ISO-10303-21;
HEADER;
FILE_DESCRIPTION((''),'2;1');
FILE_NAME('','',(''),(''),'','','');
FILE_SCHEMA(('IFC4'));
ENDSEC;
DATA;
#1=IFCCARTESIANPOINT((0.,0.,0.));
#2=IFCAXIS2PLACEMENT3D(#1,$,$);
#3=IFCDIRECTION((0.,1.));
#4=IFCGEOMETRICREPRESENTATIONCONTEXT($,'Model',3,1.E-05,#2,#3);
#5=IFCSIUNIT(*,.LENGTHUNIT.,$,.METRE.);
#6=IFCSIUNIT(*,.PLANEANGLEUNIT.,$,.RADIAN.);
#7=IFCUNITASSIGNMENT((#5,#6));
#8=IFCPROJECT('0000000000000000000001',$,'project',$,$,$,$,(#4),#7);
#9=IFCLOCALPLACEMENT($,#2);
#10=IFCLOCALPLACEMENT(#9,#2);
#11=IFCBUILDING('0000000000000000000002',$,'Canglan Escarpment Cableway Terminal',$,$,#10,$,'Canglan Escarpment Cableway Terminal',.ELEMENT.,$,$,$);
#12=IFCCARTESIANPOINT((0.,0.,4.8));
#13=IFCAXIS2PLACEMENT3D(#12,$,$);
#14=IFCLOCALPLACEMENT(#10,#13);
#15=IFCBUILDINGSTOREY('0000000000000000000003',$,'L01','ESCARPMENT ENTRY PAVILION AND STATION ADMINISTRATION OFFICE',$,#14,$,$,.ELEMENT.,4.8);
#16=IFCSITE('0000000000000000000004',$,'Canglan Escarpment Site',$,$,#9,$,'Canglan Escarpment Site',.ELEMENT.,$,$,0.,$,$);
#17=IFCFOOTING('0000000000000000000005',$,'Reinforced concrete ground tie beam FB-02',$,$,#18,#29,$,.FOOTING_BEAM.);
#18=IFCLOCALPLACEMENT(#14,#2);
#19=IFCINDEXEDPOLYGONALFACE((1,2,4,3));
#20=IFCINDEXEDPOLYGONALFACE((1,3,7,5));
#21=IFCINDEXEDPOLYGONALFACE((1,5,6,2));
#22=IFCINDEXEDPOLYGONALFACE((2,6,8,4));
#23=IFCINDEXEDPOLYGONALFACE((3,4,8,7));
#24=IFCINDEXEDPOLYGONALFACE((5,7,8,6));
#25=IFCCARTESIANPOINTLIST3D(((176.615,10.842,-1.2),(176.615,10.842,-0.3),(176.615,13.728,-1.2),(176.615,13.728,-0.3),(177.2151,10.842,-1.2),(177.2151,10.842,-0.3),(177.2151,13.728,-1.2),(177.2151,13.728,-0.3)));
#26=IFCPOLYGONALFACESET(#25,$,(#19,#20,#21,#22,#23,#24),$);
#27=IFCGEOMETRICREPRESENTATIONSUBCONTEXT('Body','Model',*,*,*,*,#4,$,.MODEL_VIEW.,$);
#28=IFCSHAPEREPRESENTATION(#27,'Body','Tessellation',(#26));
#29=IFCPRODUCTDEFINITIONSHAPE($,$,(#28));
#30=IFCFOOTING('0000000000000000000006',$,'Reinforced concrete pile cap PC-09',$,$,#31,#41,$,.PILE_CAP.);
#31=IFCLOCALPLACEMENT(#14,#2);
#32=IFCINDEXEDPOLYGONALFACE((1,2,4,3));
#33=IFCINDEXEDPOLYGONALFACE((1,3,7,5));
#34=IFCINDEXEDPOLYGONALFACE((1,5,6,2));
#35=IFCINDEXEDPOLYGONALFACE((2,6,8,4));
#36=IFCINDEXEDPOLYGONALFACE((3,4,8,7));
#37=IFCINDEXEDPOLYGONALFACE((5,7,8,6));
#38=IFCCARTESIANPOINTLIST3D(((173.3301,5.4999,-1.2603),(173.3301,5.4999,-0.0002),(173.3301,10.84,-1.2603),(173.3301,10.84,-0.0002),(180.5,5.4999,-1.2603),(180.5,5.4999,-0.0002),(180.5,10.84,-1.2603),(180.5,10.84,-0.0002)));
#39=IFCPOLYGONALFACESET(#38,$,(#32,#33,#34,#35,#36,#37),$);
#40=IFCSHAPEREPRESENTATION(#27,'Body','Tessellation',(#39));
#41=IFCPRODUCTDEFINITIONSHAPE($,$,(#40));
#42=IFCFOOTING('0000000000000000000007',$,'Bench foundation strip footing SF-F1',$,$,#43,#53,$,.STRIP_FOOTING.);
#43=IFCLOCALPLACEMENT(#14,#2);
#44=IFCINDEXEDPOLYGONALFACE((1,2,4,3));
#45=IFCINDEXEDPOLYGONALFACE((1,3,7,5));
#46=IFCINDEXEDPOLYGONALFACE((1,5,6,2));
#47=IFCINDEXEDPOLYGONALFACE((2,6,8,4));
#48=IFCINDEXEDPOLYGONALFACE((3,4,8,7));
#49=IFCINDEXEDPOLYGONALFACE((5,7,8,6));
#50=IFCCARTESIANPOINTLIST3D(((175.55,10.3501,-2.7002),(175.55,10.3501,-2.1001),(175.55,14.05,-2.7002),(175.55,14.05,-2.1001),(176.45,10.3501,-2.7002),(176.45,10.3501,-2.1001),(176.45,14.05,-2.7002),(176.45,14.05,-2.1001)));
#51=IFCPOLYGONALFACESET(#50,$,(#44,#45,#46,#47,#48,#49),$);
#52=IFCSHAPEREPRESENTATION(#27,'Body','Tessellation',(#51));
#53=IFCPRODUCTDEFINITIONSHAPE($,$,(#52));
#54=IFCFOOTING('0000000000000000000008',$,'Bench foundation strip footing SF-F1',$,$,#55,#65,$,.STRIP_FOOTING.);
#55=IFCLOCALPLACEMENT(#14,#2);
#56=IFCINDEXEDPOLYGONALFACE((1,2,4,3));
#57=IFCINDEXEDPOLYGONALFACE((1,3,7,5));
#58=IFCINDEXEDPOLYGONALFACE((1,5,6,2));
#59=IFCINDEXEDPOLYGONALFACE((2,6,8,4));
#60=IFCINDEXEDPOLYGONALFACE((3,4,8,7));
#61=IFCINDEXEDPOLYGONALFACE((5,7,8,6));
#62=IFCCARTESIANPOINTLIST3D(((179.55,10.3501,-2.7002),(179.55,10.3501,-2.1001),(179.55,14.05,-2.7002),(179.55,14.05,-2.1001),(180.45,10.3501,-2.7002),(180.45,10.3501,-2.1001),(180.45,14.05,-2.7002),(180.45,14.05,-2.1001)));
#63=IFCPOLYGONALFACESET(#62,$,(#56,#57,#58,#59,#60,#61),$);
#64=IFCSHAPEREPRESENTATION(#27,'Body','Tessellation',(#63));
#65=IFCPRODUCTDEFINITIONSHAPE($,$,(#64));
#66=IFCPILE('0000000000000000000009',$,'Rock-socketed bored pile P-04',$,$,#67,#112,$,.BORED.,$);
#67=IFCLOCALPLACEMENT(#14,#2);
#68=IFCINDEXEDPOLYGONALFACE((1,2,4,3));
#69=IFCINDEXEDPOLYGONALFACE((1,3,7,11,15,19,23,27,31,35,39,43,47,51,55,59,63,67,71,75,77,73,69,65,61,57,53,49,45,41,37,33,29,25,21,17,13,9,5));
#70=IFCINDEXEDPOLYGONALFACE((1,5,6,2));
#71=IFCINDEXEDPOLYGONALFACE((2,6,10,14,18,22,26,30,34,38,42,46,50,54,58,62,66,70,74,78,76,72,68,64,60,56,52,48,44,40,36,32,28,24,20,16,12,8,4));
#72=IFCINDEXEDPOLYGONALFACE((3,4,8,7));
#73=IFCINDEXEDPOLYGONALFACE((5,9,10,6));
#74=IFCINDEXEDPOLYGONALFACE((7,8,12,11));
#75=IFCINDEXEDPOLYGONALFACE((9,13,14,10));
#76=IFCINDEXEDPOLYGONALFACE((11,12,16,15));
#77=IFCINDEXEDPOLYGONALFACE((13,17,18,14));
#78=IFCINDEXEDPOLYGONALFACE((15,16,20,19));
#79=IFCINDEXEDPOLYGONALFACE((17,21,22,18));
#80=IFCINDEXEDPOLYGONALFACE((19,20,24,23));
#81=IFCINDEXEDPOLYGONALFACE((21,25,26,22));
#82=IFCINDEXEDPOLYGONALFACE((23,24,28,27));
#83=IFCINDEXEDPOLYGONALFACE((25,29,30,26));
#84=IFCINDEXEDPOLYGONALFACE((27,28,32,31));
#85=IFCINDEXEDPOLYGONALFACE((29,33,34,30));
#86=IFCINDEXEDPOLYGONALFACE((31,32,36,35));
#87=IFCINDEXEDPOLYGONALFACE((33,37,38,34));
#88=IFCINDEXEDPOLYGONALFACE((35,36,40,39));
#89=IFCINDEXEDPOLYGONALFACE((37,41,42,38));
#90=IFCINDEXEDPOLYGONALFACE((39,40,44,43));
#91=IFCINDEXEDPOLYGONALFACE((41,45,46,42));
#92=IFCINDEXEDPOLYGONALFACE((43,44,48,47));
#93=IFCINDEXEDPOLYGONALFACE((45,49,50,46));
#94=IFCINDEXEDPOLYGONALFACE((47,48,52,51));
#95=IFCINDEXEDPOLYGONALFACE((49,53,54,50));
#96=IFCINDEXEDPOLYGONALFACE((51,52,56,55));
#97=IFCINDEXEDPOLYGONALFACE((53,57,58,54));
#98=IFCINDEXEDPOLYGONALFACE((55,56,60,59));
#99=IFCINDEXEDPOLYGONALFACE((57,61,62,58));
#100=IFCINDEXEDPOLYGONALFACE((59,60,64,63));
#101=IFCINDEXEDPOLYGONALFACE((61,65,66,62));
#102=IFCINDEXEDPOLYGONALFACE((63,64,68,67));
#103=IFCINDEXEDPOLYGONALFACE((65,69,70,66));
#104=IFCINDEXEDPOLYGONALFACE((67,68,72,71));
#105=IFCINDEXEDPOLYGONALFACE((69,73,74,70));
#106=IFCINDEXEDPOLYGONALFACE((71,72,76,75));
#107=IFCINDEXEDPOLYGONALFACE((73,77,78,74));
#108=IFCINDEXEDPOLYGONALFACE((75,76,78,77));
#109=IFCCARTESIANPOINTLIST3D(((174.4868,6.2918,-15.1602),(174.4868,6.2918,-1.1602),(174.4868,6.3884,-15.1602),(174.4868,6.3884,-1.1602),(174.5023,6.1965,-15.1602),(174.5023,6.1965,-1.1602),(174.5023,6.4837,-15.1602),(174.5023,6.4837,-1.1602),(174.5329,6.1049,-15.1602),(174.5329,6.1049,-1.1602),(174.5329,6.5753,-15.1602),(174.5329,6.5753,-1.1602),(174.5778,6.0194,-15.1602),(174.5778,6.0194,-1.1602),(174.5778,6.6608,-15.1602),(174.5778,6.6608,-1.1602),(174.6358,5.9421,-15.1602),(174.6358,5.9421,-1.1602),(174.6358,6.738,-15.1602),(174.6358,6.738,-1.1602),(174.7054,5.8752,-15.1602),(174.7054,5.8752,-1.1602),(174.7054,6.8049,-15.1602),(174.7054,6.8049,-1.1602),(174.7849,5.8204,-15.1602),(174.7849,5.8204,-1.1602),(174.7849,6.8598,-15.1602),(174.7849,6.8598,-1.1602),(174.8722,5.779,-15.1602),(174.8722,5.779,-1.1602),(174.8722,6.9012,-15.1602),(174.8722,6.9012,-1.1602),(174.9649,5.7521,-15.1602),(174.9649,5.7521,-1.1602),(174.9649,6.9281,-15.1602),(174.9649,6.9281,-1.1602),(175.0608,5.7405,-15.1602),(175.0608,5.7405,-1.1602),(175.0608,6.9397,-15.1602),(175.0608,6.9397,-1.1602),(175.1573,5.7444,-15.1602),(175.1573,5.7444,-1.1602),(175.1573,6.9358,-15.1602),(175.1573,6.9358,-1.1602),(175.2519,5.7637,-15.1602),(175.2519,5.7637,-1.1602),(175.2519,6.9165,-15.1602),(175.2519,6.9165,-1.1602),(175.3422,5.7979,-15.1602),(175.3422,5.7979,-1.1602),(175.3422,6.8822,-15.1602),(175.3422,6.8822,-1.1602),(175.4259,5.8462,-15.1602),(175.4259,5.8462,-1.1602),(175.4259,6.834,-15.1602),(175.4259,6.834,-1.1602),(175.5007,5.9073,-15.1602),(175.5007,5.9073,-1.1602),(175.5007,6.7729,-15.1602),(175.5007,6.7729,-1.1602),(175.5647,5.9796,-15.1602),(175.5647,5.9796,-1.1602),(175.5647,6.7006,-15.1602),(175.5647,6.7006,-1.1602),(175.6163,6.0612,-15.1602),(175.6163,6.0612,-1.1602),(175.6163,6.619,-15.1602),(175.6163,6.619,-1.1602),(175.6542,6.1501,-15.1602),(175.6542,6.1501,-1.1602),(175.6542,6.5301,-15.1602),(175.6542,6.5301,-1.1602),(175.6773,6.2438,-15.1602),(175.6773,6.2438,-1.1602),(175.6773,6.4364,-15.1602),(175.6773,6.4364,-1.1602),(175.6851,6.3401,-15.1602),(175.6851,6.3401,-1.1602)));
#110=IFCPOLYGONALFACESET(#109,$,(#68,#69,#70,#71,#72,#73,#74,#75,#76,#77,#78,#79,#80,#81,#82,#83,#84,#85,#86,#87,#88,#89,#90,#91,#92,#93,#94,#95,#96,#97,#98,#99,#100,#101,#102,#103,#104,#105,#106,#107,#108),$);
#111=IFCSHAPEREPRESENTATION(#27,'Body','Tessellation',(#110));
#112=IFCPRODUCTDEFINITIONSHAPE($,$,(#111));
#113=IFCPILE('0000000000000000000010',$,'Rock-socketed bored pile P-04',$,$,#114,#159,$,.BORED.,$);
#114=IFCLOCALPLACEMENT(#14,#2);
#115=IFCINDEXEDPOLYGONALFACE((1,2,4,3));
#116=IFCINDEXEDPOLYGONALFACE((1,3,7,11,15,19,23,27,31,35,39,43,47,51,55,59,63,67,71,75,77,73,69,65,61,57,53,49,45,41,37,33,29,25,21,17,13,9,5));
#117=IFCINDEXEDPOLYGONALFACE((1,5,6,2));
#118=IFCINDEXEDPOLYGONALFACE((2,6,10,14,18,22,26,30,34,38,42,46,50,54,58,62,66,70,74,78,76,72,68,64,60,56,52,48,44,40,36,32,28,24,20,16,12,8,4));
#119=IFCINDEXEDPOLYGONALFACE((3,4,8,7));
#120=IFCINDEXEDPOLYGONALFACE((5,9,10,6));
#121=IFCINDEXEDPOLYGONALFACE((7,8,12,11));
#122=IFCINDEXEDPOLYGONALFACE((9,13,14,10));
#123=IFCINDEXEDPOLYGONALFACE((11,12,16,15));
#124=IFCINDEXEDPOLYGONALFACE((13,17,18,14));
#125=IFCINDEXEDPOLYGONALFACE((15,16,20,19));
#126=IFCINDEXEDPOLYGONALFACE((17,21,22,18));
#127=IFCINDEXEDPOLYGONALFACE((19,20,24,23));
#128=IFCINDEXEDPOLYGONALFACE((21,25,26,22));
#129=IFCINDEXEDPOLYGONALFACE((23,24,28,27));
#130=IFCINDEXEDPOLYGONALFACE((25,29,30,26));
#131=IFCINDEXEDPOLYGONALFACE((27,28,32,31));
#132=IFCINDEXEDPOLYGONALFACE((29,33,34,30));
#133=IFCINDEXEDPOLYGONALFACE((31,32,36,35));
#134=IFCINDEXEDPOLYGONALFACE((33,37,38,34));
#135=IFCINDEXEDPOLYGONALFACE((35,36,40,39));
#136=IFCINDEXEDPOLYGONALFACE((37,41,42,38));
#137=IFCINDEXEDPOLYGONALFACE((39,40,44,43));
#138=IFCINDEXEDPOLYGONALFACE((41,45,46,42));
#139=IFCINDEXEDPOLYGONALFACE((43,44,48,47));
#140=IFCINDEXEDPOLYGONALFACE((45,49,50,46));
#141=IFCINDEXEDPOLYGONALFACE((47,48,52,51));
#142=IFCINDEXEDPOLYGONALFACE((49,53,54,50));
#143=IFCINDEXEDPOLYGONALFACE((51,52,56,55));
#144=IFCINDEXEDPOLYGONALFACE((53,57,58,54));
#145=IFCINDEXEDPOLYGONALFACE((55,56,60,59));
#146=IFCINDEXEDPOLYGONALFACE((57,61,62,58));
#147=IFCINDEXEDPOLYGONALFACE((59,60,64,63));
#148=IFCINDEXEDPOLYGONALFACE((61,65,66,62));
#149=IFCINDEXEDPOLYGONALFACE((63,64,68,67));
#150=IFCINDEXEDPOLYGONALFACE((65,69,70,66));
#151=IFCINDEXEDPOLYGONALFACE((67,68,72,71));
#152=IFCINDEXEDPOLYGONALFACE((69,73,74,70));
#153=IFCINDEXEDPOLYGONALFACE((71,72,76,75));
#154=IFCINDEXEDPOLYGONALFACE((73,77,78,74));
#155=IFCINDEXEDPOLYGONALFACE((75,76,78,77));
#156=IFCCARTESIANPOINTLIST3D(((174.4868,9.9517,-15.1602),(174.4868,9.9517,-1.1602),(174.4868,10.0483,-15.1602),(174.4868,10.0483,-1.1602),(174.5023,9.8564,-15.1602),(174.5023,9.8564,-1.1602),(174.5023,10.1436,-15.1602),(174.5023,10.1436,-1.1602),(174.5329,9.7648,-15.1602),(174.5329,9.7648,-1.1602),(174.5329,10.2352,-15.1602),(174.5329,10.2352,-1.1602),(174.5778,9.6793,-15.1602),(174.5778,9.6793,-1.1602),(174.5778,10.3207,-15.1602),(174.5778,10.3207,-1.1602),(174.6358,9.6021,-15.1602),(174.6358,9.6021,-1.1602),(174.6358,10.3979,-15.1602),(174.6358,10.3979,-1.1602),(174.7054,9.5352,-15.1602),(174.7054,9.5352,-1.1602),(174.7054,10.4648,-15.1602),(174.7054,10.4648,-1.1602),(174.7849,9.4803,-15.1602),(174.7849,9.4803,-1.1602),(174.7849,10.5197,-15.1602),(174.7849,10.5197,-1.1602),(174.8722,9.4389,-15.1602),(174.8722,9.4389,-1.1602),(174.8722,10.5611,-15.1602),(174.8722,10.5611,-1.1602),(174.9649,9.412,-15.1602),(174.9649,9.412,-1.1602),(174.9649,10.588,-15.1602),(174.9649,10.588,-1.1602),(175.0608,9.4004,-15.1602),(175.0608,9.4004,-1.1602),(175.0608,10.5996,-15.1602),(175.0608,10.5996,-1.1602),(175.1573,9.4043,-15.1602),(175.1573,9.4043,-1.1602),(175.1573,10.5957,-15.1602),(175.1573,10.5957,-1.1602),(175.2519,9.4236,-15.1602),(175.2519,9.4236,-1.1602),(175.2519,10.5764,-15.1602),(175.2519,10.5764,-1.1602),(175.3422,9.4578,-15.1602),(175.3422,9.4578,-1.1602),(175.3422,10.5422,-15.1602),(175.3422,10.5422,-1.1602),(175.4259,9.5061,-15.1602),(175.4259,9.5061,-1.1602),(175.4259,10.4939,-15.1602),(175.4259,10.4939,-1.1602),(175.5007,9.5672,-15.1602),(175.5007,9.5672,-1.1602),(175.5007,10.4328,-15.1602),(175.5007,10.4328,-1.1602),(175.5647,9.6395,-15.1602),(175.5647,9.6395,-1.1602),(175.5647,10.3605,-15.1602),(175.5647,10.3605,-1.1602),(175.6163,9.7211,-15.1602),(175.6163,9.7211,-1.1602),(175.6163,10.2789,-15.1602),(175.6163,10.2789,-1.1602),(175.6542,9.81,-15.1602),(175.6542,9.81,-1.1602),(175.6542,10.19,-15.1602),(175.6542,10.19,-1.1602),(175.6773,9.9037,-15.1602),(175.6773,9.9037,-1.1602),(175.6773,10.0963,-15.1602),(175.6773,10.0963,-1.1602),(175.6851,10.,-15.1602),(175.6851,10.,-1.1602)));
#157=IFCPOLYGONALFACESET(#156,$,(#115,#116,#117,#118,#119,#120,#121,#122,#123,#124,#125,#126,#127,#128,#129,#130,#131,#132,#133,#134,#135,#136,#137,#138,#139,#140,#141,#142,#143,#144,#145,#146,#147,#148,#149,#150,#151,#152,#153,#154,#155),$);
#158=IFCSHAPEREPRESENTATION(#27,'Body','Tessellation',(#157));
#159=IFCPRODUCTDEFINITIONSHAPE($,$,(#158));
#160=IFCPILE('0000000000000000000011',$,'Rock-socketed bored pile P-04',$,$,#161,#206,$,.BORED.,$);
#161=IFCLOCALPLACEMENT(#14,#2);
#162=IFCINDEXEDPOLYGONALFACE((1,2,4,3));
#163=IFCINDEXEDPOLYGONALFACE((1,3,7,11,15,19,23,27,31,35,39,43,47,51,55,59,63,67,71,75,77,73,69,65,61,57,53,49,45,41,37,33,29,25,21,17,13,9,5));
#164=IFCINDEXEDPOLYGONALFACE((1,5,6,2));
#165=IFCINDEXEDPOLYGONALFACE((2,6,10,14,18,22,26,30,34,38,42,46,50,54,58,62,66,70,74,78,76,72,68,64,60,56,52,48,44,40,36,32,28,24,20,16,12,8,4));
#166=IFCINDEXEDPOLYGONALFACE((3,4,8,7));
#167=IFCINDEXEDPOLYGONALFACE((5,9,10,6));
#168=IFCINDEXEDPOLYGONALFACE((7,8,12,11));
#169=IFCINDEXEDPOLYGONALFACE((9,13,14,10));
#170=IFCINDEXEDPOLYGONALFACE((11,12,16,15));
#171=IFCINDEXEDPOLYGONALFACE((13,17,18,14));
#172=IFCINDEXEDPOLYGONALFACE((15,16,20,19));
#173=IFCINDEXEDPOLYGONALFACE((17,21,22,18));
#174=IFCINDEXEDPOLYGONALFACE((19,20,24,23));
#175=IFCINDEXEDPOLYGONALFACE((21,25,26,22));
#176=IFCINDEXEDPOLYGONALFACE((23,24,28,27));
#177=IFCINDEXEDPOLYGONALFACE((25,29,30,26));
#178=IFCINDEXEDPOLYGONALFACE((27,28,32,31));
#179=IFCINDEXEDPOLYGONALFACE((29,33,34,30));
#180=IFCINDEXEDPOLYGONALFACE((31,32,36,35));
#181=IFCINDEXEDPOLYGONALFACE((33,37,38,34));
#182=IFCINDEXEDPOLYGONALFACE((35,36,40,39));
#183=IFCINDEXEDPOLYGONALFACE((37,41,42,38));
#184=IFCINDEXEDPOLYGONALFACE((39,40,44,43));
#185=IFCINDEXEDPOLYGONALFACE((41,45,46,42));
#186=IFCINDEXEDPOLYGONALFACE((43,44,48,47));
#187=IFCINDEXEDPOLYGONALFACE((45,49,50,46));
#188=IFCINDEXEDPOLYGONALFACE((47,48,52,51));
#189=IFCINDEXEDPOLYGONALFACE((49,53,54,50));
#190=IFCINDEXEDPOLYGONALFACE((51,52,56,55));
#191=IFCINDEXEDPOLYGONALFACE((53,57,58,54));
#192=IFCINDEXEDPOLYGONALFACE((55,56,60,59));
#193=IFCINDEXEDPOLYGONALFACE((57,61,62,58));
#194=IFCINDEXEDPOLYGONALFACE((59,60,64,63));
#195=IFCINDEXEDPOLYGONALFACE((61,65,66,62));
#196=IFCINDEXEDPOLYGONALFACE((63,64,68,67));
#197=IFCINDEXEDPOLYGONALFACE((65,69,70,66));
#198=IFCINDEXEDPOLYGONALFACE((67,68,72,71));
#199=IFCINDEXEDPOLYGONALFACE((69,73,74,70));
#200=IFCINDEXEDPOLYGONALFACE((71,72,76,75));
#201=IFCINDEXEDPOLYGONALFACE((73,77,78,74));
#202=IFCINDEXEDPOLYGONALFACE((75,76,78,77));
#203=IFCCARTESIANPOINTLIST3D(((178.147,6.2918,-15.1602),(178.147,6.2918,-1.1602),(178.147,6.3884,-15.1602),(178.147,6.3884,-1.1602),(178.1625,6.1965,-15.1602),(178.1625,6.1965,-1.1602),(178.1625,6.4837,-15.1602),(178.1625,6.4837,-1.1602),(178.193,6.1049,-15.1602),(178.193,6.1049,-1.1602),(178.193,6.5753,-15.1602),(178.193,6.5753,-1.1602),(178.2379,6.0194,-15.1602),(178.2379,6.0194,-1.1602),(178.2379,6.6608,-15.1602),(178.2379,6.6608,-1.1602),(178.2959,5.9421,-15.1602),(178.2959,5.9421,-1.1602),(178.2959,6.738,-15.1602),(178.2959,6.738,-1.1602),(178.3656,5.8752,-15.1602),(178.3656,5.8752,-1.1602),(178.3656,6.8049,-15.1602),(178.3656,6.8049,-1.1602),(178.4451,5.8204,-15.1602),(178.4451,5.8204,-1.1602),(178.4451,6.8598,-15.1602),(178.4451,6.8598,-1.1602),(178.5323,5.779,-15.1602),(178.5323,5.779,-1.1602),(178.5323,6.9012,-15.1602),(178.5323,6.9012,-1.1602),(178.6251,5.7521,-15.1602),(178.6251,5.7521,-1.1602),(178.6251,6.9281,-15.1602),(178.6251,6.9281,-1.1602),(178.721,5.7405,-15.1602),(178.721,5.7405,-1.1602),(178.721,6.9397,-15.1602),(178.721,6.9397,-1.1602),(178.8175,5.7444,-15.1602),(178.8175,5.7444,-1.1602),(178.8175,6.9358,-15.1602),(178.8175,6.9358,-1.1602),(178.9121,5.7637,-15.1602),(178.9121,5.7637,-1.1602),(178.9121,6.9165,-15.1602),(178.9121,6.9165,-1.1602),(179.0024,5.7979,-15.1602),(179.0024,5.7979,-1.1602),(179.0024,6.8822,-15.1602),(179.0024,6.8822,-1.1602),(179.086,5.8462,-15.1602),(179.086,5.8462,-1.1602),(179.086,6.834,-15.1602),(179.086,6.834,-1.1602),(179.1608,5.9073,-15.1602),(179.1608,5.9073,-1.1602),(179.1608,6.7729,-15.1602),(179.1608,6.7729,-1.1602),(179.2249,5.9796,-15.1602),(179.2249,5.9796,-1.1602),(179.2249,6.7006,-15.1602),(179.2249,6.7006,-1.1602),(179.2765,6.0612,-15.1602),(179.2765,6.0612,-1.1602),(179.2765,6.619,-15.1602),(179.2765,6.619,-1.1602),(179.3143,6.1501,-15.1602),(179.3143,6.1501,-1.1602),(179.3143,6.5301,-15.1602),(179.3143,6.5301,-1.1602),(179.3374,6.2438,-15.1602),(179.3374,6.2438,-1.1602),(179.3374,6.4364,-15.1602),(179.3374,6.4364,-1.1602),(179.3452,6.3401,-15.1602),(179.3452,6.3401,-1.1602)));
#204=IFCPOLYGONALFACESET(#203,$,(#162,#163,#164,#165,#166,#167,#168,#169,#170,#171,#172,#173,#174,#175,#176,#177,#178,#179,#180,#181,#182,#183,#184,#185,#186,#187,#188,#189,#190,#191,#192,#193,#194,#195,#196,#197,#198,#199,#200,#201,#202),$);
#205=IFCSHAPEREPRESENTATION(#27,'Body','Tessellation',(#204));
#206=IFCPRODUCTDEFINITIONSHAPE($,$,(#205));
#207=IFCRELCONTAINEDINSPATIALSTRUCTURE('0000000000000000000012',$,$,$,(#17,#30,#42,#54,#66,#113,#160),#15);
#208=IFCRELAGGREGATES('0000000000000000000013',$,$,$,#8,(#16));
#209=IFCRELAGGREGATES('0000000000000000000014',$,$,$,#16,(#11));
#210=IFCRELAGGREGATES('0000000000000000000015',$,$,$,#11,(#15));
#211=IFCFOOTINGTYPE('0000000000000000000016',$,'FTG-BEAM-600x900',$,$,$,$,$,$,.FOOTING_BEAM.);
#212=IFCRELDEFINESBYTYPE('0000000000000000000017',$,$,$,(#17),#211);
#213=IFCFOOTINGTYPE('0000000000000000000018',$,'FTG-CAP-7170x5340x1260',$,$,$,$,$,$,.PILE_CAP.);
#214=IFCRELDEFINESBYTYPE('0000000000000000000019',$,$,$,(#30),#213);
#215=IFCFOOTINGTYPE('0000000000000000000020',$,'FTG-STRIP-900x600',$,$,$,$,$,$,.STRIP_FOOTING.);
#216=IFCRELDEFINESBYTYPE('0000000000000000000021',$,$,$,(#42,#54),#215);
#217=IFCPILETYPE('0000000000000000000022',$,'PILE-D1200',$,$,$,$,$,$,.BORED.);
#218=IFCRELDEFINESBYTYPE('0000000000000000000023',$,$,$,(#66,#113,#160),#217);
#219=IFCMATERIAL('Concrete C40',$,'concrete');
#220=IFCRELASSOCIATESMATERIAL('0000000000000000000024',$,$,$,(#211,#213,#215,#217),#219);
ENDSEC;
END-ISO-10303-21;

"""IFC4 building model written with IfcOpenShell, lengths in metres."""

from ifc_helpers import new_model, si_unit, direction, frame, origin, origin_2d, place, context, subcontext, project, spatial, rectangle, circle, extrude, material, material_profile, profile_set, type_object, element, save


model = new_model("IFC4")

# Units and contexts
model_context = context("Model", 3, precision=1e-05, world=origin(), true_north=direction((0.0, 1.0)))
body_context = subcontext(model_context, "Body", "Model", "MODEL_VIEW")
ifc_project = project(units=[si_unit("LENGTHUNIT", "METRE"), si_unit("PLANEANGLEUNIT", "RADIAN")], contexts=[model_context])

# Site, building, storey
site_placement = place(None, origin())
site = spatial("IfcSite", under=ifc_project, at=site_placement, Name="Canglan Escarpment Site", LongName="Canglan Escarpment Site", CompositionType="ELEMENT", RefElevation=0.0)
building_placement = place(site_placement, origin())
building = spatial("IfcBuilding", under=site, at=building_placement, Name="Canglan Escarpment Cableway Terminal", LongName="Canglan Escarpment Cableway Terminal", CompositionType="ELEMENT")
storey_placement = place(building_placement, frame((0.0, 0.0, 4.8)))
storey = spatial("IfcBuildingStorey", under=building, at=storey_placement, Name="L01", Description="ESCARPMENT ENTRY PAVILION AND STATION ADMINISTRATION OFFICE", CompositionType="ELEMENT", Elevation=4.8)

# Footings
ifc_material_1 = material(Name="Concrete C40", Category="concrete")
ifc_material_profile_1 = material_profile(ifc_material_1, rectangle(XDim=0.6001, YDim=0.8999, at=origin_2d()), Name="FB 600x900")
ifc_profile_set_1 = profile_set([ifc_material_profile_1], Name="Concrete C40")
footing_type_1 = type_object("IfcFootingType", Name="FTG-BEAM-600x900", PredefinedType="FOOTING_BEAM", material=ifc_profile_set_1)
footing_1_placement = place(storey_placement, frame((176.915, 10.842, -0.75), z_axis=(0.0, 1.0, 0.0), x_axis=(-1.0, 0.0, 0.0)))
element("IfcFooting", 1, at=footing_1_placement, inside=storey, type_object=footing_type_1, Name="Reinforced concrete ground tie beam FB-02", PredefinedType="FOOTING_BEAM", context=body_context, shape_type="SweptSolid", body=[
    extrude(rectangle(XDim=0.6001, YDim=0.8999, at=origin_2d()), origin(), (0.0, 0.0, 1.0), 2.886),
])
footing_type_2 = type_object("IfcFootingType", Name="FTG-CAP-7170x5340x1260", PredefinedType="PILE_CAP", material=ifc_material_1)
footing_2_placement = place(storey_placement, frame((176.915, 8.1699, -1.2603), z_axis=(0.0, 0.0, 1.0), x_axis=(1.0, 0.0, 0.0)))
element("IfcFooting", 2, at=footing_2_placement, inside=storey, type_object=footing_type_2, Name="Reinforced concrete pile cap PC-09", PredefinedType="PILE_CAP", context=body_context, shape_type="SweptSolid", body=[
    extrude(rectangle(XDim=7.1699, YDim=5.3401, at=origin_2d()), origin(), (0.0, 0.0, 1.0), 1.26),
])
ifc_material_profile_2 = material_profile(ifc_material_1, rectangle(XDim=0.8999, YDim=0.6001, at=origin_2d()), Name="SF 900x600")
ifc_profile_set_2 = profile_set([ifc_material_profile_2], Name="Concrete C40")
footing_type_3 = type_object("IfcFootingType", Name="FTG-STRIP-900x600", PredefinedType="STRIP_FOOTING", material=ifc_profile_set_2)
for number, where, z_axis, x_axis, name in (
    (3, (176.0, 10.3501, -2.4001), (0.0, 1.0, 0.0), (-1.0, 0.0, 0.0), "Bench foundation strip footing SF-F1"),
    (4, (180.0, 10.3501, -2.4001), (0.0, 1.0, 0.0), (-1.0, 0.0, 0.0), "Bench foundation strip footing SF-F1"),
):
    element("IfcFooting", number, at=place(storey_placement, frame(where, z_axis=z_axis, x_axis=x_axis)), inside=storey, type_object=footing_type_3, Name=name, PredefinedType="STRIP_FOOTING", context=body_context, shape_type="SweptSolid", body=[
        extrude(rectangle(XDim=0.8999, YDim=0.6001, at=origin_2d()), origin(), (0.0, 0.0, 1.0), 3.7),
    ])

# Piles
ifc_material_profile_3 = material_profile(ifc_material_1, circle(Radius=0.6001, at=origin_2d()), Name="BORED PILE D1200")
ifc_profile_set_3 = profile_set([ifc_material_profile_3], Name="Concrete C40")
pile_type = type_object("IfcPileType", Name="PILE-D1200", PredefinedType="BORED", material=ifc_profile_set_3)
for number, where, z_axis, x_axis, name in (
    (5, (175.085, 6.3401, -1.1602), (0.0, 0.0, -1.0), (1.0, 0.0, 0.0), "Rock-socketed bored pile P-04"),
    (6, (175.085, 10.0, -1.1602), (0.0, 0.0, -1.0), (1.0, 0.0, 0.0), "Rock-socketed bored pile P-04"),
    (7, (178.7451, 6.3401, -1.1602), (0.0, 0.0, -1.0), (1.0, 0.0, 0.0), "Rock-socketed bored pile P-04"),
):
    element("IfcPile", number, at=place(storey_placement, frame(where, z_axis=z_axis, x_axis=x_axis)), inside=storey, type_object=pile_type, Name=name, PredefinedType="BORED", context=body_context, shape_type="SweptSolid", body=[
        extrude(circle(Radius=0.6001, at=origin_2d()), origin(), (0.0, 0.0, 1.0), 14.0),
    ])

save(model, "model.ifc")
